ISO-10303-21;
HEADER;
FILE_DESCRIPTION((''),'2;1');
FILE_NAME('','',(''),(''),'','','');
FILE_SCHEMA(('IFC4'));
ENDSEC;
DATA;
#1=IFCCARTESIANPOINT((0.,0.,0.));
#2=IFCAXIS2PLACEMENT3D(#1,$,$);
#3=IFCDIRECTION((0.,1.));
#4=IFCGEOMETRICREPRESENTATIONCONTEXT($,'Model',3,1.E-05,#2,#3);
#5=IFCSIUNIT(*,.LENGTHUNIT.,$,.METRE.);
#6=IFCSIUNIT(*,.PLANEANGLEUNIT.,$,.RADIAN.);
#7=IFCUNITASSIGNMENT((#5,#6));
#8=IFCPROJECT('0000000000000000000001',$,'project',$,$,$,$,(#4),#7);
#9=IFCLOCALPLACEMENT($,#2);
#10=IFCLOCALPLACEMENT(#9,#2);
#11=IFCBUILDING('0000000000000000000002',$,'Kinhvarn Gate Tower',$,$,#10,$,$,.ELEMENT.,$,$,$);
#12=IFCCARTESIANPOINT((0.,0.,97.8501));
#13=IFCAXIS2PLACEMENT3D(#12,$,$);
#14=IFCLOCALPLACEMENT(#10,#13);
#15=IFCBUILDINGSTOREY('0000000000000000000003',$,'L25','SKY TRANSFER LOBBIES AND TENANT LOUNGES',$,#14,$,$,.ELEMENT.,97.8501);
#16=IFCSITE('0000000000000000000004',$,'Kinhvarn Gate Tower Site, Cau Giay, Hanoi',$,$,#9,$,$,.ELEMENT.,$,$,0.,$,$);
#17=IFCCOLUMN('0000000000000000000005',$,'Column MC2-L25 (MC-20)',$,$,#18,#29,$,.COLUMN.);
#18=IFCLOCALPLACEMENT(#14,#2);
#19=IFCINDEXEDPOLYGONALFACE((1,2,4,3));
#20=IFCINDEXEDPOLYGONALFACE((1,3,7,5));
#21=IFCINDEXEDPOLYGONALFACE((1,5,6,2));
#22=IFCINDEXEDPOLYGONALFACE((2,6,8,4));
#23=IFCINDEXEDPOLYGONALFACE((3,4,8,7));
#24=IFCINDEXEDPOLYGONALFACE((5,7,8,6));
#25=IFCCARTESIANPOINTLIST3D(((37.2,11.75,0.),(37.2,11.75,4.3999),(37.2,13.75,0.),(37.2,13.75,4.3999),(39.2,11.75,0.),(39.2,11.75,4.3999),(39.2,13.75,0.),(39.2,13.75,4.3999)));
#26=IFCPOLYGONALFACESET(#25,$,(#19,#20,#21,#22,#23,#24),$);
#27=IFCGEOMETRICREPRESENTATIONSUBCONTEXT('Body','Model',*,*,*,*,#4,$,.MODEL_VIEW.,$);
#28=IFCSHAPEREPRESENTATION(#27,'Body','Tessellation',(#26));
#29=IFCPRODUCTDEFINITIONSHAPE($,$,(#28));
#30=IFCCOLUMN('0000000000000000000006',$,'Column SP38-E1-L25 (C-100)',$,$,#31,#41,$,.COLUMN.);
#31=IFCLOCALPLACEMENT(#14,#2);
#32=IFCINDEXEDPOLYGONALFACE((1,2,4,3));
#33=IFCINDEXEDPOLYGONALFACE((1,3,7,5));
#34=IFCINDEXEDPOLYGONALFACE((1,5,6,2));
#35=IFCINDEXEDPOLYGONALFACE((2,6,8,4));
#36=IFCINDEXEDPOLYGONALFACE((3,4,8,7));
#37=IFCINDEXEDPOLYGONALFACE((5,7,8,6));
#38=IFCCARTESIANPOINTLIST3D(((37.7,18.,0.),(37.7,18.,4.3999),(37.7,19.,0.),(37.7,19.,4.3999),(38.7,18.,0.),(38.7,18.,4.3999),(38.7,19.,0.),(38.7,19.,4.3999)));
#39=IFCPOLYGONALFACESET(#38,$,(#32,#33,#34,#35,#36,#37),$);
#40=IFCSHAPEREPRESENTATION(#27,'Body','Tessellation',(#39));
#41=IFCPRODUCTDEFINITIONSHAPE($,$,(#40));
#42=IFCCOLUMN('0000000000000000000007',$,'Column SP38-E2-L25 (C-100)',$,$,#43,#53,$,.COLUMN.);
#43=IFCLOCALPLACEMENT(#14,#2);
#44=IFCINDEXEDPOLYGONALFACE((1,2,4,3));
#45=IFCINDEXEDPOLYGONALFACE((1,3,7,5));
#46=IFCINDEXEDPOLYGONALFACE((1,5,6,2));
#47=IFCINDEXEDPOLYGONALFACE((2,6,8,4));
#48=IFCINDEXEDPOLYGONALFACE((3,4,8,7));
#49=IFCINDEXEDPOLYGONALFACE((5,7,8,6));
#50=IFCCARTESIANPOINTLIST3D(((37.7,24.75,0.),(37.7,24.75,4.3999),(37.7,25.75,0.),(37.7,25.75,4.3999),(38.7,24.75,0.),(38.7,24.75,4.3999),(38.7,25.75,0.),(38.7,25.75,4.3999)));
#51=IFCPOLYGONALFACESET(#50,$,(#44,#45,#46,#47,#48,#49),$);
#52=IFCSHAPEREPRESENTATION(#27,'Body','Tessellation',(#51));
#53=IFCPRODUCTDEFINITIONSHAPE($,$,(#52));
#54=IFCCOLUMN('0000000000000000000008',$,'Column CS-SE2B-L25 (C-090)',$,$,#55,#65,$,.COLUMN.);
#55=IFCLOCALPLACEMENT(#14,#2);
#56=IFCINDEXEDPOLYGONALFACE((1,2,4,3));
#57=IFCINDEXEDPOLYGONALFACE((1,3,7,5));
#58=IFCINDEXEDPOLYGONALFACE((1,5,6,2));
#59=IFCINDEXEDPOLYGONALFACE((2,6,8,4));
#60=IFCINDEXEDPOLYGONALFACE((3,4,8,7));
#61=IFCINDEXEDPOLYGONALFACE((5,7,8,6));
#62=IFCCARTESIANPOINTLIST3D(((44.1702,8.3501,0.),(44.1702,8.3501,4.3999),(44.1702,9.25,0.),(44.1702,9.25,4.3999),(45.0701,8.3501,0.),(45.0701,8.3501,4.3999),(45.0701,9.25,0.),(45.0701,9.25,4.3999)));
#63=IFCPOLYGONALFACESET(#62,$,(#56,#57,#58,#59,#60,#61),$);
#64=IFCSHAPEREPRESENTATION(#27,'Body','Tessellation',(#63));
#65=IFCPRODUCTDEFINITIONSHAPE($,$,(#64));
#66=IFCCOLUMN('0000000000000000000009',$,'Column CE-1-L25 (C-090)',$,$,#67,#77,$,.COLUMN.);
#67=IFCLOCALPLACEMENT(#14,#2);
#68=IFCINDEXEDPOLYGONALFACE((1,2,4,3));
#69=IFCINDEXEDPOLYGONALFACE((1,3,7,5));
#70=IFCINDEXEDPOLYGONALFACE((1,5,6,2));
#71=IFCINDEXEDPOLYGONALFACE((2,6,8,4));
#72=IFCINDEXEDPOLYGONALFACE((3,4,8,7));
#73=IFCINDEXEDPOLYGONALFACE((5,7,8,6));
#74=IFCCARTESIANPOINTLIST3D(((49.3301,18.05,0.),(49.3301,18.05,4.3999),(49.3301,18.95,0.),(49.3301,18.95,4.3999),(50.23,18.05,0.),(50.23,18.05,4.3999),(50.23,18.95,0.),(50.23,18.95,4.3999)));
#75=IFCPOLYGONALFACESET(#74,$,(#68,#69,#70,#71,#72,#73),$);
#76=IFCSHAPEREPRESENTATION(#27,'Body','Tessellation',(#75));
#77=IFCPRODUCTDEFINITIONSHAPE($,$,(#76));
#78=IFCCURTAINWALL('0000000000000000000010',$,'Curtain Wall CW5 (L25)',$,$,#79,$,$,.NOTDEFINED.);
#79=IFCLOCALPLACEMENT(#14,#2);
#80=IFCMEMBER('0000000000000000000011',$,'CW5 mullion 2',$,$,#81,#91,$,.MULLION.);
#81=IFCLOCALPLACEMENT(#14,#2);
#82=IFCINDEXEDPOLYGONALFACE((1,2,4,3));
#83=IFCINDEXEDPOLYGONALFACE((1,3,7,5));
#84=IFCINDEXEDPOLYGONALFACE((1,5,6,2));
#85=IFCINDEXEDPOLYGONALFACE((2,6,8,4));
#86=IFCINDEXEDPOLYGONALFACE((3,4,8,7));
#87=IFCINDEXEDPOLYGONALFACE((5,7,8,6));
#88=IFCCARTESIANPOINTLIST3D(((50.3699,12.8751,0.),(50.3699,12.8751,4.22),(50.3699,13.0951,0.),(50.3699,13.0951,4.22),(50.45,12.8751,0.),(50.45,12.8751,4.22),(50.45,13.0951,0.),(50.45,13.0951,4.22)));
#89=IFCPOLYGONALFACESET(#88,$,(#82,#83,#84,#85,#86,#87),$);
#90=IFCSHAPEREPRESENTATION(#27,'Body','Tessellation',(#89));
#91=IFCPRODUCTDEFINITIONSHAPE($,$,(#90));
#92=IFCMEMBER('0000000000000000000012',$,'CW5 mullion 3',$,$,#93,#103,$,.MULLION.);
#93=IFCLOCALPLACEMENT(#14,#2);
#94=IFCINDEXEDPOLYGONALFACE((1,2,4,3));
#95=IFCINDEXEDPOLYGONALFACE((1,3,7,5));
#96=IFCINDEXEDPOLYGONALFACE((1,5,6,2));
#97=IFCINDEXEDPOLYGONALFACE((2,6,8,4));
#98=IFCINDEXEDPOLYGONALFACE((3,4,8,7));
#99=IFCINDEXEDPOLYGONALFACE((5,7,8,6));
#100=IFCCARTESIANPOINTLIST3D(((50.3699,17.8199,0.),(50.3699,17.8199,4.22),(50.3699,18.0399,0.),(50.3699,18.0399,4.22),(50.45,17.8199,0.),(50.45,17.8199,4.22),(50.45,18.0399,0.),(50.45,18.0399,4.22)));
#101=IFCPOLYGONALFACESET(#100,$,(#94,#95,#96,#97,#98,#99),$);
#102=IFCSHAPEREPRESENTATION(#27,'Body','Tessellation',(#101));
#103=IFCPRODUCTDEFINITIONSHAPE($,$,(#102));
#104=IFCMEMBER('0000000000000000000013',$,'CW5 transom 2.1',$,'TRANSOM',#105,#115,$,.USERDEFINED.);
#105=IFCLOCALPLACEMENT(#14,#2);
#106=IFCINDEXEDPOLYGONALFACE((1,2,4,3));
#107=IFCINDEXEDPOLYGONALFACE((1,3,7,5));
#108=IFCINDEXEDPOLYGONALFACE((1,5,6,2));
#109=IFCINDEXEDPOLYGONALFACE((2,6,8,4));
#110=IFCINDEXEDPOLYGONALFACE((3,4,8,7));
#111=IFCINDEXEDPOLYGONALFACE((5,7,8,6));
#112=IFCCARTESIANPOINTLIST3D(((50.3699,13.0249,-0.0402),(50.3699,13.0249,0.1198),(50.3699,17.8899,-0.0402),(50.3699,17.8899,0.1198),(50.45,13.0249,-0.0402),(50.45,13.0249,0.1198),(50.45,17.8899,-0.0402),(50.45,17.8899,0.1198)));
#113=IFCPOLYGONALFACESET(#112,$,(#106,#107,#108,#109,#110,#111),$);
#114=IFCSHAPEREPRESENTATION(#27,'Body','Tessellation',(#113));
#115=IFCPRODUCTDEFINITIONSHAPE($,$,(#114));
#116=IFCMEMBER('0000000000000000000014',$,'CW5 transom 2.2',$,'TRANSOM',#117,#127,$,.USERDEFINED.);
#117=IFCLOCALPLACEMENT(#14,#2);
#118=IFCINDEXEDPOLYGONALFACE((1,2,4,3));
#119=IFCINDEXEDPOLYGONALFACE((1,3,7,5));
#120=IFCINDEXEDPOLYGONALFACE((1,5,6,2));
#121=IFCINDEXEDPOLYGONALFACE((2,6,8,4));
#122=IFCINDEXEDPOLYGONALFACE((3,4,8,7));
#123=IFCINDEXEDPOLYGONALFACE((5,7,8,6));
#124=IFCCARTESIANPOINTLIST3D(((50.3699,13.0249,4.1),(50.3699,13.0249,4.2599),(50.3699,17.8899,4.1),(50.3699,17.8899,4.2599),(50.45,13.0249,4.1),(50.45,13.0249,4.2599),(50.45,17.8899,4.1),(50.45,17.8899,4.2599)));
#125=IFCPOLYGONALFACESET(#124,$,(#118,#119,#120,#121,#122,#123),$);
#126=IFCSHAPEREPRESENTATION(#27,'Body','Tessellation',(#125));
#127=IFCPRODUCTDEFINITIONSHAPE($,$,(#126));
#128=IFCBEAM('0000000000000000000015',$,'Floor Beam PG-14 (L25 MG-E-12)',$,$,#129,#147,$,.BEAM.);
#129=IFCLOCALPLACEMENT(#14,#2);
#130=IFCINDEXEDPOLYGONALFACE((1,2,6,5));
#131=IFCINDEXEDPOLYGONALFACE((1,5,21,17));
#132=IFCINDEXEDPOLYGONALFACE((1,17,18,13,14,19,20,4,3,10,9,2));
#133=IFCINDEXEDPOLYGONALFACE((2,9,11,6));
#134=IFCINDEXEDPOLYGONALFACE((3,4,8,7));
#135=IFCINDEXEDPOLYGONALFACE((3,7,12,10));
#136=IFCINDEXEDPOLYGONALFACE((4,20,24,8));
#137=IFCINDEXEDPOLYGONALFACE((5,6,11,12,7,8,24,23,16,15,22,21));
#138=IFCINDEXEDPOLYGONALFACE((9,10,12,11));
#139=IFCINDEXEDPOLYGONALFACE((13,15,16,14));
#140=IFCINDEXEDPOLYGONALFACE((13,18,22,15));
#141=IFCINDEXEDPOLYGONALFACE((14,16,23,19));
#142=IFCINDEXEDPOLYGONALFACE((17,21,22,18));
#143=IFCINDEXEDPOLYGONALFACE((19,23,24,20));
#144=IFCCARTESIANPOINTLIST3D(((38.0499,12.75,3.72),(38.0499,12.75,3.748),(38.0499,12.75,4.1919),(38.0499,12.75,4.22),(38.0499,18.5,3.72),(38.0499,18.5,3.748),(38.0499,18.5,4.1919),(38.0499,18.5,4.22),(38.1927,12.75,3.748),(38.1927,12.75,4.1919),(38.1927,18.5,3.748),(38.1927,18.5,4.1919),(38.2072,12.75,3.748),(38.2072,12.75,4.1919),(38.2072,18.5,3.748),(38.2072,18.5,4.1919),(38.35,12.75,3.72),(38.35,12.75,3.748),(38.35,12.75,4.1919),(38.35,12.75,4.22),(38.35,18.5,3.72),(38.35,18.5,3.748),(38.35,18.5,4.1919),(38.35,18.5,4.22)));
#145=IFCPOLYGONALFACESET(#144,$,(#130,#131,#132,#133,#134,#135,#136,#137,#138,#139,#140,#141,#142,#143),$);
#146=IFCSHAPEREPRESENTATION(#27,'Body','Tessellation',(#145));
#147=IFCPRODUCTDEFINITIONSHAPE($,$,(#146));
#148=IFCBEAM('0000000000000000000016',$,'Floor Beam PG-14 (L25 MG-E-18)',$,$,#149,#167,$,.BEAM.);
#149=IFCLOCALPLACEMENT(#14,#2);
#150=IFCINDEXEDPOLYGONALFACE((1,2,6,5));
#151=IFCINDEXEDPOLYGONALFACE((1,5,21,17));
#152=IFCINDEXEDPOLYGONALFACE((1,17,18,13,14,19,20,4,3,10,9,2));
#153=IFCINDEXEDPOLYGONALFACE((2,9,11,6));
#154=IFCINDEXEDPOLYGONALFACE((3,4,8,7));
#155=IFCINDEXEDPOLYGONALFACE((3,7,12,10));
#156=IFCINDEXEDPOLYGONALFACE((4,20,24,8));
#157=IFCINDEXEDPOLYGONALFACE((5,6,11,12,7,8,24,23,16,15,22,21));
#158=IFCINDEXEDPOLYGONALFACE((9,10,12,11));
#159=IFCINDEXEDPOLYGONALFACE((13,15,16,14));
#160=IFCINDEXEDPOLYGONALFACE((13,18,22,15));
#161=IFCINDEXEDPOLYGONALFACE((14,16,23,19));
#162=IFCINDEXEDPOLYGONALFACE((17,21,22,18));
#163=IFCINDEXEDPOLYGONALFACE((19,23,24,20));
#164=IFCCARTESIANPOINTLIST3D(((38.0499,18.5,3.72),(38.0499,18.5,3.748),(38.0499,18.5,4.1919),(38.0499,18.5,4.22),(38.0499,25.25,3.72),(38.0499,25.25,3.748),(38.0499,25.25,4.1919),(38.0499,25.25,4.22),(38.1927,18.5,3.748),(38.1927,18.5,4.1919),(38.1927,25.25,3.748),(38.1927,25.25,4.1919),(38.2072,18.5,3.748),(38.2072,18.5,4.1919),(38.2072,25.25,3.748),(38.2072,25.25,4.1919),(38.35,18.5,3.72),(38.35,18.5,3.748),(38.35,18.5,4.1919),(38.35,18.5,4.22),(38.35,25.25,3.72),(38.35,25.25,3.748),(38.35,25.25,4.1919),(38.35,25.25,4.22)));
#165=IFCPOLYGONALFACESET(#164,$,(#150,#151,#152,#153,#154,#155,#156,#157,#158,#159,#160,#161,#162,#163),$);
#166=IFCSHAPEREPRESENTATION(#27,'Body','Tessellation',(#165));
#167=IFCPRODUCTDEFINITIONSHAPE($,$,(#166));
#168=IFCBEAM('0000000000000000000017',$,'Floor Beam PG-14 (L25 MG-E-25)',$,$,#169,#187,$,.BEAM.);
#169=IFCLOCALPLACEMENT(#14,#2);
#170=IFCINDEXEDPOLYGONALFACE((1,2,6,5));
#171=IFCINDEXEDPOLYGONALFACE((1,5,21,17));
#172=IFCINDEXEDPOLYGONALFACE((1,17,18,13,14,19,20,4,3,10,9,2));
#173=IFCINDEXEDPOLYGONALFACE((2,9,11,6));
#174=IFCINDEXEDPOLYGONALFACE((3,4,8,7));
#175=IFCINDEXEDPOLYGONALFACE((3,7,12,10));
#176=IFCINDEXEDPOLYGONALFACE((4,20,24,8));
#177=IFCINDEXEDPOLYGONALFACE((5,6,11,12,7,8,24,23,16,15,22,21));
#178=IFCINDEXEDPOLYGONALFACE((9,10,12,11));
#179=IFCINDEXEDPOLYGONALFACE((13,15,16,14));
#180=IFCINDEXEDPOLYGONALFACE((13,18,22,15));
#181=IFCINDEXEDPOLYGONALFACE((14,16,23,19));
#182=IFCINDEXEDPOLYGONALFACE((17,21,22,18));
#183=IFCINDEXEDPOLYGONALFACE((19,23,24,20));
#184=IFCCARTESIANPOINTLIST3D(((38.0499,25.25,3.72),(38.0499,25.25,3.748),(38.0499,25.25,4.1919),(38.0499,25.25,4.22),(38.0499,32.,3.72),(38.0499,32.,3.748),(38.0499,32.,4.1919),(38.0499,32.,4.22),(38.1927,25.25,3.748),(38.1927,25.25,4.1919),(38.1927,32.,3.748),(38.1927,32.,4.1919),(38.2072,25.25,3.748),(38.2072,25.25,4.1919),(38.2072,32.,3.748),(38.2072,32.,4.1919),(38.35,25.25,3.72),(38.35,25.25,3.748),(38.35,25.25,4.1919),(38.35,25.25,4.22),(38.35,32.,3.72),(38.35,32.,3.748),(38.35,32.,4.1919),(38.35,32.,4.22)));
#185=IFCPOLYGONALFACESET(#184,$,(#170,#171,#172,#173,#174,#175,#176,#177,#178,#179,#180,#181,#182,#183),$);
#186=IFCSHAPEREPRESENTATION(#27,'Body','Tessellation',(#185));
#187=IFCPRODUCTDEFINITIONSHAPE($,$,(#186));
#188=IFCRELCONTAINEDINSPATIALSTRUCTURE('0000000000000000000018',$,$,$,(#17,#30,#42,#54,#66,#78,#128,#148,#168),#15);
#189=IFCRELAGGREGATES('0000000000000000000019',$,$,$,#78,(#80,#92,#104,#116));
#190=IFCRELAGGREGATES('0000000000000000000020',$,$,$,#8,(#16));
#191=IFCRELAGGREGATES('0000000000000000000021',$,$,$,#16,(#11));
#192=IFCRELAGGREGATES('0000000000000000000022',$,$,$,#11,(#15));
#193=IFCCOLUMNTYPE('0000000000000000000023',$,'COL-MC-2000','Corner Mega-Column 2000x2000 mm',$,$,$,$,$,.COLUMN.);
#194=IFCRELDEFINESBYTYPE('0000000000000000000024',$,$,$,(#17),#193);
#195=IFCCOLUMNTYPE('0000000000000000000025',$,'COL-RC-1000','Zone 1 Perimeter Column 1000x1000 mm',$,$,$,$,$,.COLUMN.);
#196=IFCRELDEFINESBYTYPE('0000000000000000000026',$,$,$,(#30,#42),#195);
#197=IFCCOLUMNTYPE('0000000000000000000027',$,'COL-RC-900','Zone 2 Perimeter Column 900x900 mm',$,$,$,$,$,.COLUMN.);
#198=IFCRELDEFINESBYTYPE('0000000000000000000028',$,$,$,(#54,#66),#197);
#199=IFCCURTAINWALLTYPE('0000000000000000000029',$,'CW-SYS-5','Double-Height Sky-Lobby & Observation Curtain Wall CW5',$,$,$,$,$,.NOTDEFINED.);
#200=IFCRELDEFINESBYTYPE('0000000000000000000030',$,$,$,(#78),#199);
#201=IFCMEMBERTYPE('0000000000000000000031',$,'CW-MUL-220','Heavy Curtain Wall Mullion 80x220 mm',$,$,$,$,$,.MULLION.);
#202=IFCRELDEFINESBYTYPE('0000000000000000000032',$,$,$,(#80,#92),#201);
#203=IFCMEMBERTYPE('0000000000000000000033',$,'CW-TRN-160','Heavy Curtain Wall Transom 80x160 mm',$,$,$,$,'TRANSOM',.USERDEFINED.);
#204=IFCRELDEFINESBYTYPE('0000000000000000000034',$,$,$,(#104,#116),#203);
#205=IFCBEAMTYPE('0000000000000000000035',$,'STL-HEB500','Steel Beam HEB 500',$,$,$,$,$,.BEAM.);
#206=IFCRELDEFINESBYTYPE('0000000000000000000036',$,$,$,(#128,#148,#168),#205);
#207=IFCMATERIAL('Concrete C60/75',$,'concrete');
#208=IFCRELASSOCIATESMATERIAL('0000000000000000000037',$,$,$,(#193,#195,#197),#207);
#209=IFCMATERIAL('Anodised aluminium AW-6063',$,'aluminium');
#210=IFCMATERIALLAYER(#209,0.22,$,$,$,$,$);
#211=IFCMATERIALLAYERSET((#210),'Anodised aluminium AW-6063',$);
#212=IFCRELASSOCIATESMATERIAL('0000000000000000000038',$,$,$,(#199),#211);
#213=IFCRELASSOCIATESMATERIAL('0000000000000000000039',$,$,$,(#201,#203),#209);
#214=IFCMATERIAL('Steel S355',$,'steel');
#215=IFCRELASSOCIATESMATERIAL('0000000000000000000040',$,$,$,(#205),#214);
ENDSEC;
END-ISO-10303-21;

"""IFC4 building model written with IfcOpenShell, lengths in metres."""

from ifc_helpers import new_model, si_unit, direction, frame, origin, origin_2d, place, context, subcontext, project, spatial, rectangle, i_section, extrude, material, layer, layer_set, material_profile, profile_set, type_object, element, aggregate, save


model = new_model("IFC4")

# Units and contexts
model_context = context("Model", 3, precision=1e-05, world=origin(), true_north=direction((0.0, 1.0)))
body_context = subcontext(model_context, "Body", "Model", "MODEL_VIEW")
ifc_project = project(units=[si_unit("LENGTHUNIT", "METRE"), si_unit("PLANEANGLEUNIT", "RADIAN")], contexts=[model_context])

# Site, building, storey
site_placement = place(None, origin())
site = spatial("IfcSite", under=ifc_project, at=site_placement, Name="Kinhvarn Gate Tower Site, Cau Giay, Hanoi", CompositionType="ELEMENT", RefElevation=0.0)
building_placement = place(site_placement, origin())
building = spatial("IfcBuilding", under=site, at=building_placement, Name="Kinhvarn Gate Tower", CompositionType="ELEMENT")
storey_placement = place(building_placement, frame((0.0, 0.0, 97.8501)))
storey = spatial("IfcBuildingStorey", under=building, at=storey_placement, Name="L25", Description="SKY TRANSFER LOBBIES AND TENANT LOUNGES", CompositionType="ELEMENT", Elevation=97.8501)

# Columns
ifc_material_1 = material(Name="Concrete C60/75", Category="concrete")
ifc_material_profile_1 = material_profile(ifc_material_1, rectangle(XDim=2.0, YDim=2.0, at=origin_2d()), Name="RC 2000x2000")
ifc_profile_set_1 = profile_set([ifc_material_profile_1], Name="Concrete C60/75")
column_type_1 = type_object("IfcColumnType", Name="COL-MC-2000", Description="Corner Mega-Column 2000x2000 mm", PredefinedType="COLUMN", material=ifc_profile_set_1)
column_placement = place(storey_placement, frame((38.2, 12.75, 0.0), z_axis=(0.0, 0.0, 1.0), x_axis=(1.0, 0.0, 0.0)))
element("IfcColumn", 1, at=column_placement, inside=storey, type_object=column_type_1, Name="Column MC2-L25 (MC-20)", PredefinedType="COLUMN", context=body_context, shape_type="SweptSolid", body=[
    extrude(rectangle(XDim=2.0, YDim=2.0, at=origin_2d()), origin(), (0.0, 0.0, 1.0), 4.3999),
])
ifc_material_profile_2 = material_profile(ifc_material_1, rectangle(XDim=1.0, YDim=1.0, at=origin_2d()), Name="RC 1000x1000")
ifc_profile_set_2 = profile_set([ifc_material_profile_2], Name="Concrete C60/75")
column_type_2 = type_object("IfcColumnType", Name="COL-RC-1000", Description="Zone 1 Perimeter Column 1000x1000 mm", PredefinedType="COLUMN", material=ifc_profile_set_2)
for number, where, z_axis, x_axis, name in (
    (2, (38.2, 18.5, 0.0), (0.0, 0.0, 1.0), (1.0, 0.0, 0.0), "Column SP38-E1-L25 (C-100)"),
    (3, (38.2, 25.25, 0.0), (0.0, 0.0, 1.0), (1.0, 0.0, 0.0), "Column SP38-E2-L25 (C-100)"),
):
    element("IfcColumn", number, at=place(storey_placement, frame(where, z_axis=z_axis, x_axis=x_axis)), inside=storey, type_object=column_type_2, Name=name, PredefinedType="COLUMN", context=body_context, shape_type="SweptSolid", body=[
        extrude(rectangle(XDim=1.0, YDim=1.0, at=origin_2d()), origin(), (0.0, 0.0, 1.0), 4.3999),
    ])
ifc_material_profile_3 = material_profile(ifc_material_1, rectangle(XDim=0.8999, YDim=0.8999, at=origin_2d()), Name="RC 900x900")
ifc_profile_set_3 = profile_set([ifc_material_profile_3], Name="Concrete C60/75")
column_type_3 = type_object("IfcColumnType", Name="COL-RC-900", Description="Zone 2 Perimeter Column 900x900 mm", PredefinedType="COLUMN", material=ifc_profile_set_3)
for number, where, z_axis, x_axis, name in (
    (4, (44.6201, 8.8, 0.0), (0.0, 0.0, 1.0), (1.0, 0.0, 0.0), "Column CS-SE2B-L25 (C-090)"),
    (5, (49.78, 18.5, 0.0), (0.0, 0.0, 1.0), (1.0, 0.0, 0.0), "Column CE-1-L25 (C-090)"),
):
    element("IfcColumn", number, at=place(storey_placement, frame(where, z_axis=z_axis, x_axis=x_axis)), inside=storey, type_object=column_type_3, Name=name, PredefinedType="COLUMN", context=body_context, shape_type="SweptSolid", body=[
        extrude(rectangle(XDim=0.8999, YDim=0.8999, at=origin_2d()), origin(), (0.0, 0.0, 1.0), 4.3999),
    ])

# Curtain wall, members
ifc_material_2 = material(Name="Anodised aluminium AW-6063", Category="aluminium")
ifc_layer_1 = layer(ifc_material_2, 0.22)
ifc_layer_set_1 = layer_set([ifc_layer_1], Name="Anodised aluminium AW-6063")
curtain_wall_type = type_object("IfcCurtainWallType", Name="CW-SYS-5", Description="Double-Height Sky-Lobby & Observation Curtain Wall CW5", PredefinedType="NOTDEFINED", material=ifc_layer_set_1)
curtain_wall_placement = place(storey_placement, origin())
curtain_wall = element("IfcCurtainWall", 6, at=curtain_wall_placement, inside=storey, type_object=curtain_wall_type, Name="Curtain Wall CW5 (L25)", PredefinedType="NOTDEFINED")
ifc_material_profile_4 = material_profile(ifc_material_2, rectangle(XDim=0.0801, YDim=0.22, at=origin_2d()), Name="ALU 80x220")
ifc_profile_set_4 = profile_set([ifc_material_profile_4], Name="Anodised aluminium AW-6063")
member_type_1 = type_object("IfcMemberType", Name="CW-MUL-220", Description="Heavy Curtain Wall Mullion 80x220 mm", PredefinedType="MULLION", material=ifc_profile_set_4)
member_1_placement = place(storey_placement, frame((50.4099, 12.9851, 0.0), z_axis=(0.0, 0.0, 1.0), x_axis=(-1.0, 0.0, 0.0)))
member_1 = element("IfcMember", 7, at=member_1_placement, type_object=member_type_1, Name="CW5 mullion 2", PredefinedType="MULLION", context=body_context, shape_type="SweptSolid", body=[
    extrude(rectangle(XDim=0.0801, YDim=0.22, at=origin_2d()), origin(), (0.0, 0.0, 1.0), 4.22),
])
member_2_placement = place(storey_placement, frame((50.4099, 17.9299, 0.0), z_axis=(0.0, 0.0, 1.0), x_axis=(-1.0, 0.0, 0.0)))
member_2 = element("IfcMember", 8, at=member_2_placement, type_object=member_type_1, Name="CW5 mullion 3", PredefinedType="MULLION", context=body_context, shape_type="SweptSolid", body=[
    extrude(rectangle(XDim=0.0801, YDim=0.22, at=origin_2d()), origin(), (0.0, 0.0, 1.0), 4.22),
])
ifc_material_profile_5 = material_profile(ifc_material_2, rectangle(XDim=0.0801, YDim=0.1599, at=origin_2d()), Name="ALU 80x160")
ifc_profile_set_5 = profile_set([ifc_material_profile_5], Name="Anodised aluminium AW-6063")
member_type_2 = type_object("IfcMemberType", Name="CW-TRN-160", Description="Heavy Curtain Wall Transom 80x160 mm", ElementType="TRANSOM", PredefinedType="USERDEFINED", material=ifc_profile_set_5)
member_3_placement = place(storey_placement, frame((50.4099, 13.0249, 0.0398), z_axis=(0.0, 1.0, 0.0), x_axis=(-1.0, 0.0, 0.0)))
member_3 = element("IfcMember", 9, at=member_3_placement, type_object=member_type_2, Name="CW5 transom 2.1", ObjectType="TRANSOM", PredefinedType="USERDEFINED", context=body_context, shape_type="SweptSolid", body=[
    extrude(rectangle(XDim=0.0801, YDim=0.1599, at=origin_2d()), origin(), (0.0, 0.0, 1.0), 4.865),
])
member_4_placement = place(storey_placement, frame((50.4099, 13.0249, 4.1799), z_axis=(0.0, 1.0, 0.0), x_axis=(-1.0, 0.0, 0.0)))
member_4 = element("IfcMember", 10, at=member_4_placement, type_object=member_type_2, Name="CW5 transom 2.2", ObjectType="TRANSOM", PredefinedType="USERDEFINED", context=body_context, shape_type="SweptSolid", body=[
    extrude(rectangle(XDim=0.0801, YDim=0.1599, at=origin_2d()), origin(), (0.0, 0.0, 1.0), 4.865),
])

# Beams
ifc_material_3 = material(Name="Steel S355", Category="steel")
ifc_material_profile_6 = material_profile(ifc_material_3, i_section(OverallWidth=0.3, OverallDepth=0.5, WebThickness=0.0144, FlangeThickness=0.0281, at=origin_2d()), Name="HEB 500")
ifc_profile_set_6 = profile_set([ifc_material_profile_6], Name="Steel S355")
beam_type_1 = type_object("IfcBeamType", Name="STL-HEB500", Description="Steel Beam HEB 500", PredefinedType="BEAM", material=ifc_profile_set_6)
beam_1_placement = place(storey_placement, frame((38.2, 12.75, 3.97), z_axis=(0.0, 1.0, 0.0), x_axis=(-1.0, 0.0, 0.0)))
element("IfcBeam", 11, at=beam_1_placement, inside=storey, type_object=beam_type_1, Name="Floor Beam PG-14 (L25 MG-E-12)", PredefinedType="BEAM", context=body_context, shape_type="SweptSolid", body=[
    extrude(i_section(OverallWidth=0.3, OverallDepth=0.5, WebThickness=0.0144, FlangeThickness=0.0281, at=origin_2d()), origin(), (0.0, 0.0, 1.0), 5.75),
])
for number, where, z_axis, x_axis, name in (
    (12, (38.2, 18.5, 3.97), (0.0, 1.0, 0.0), (-1.0, 0.0, 0.0), "Floor Beam PG-14 (L25 MG-E-18)"),
    (13, (38.2, 25.25, 3.97), (0.0, 1.0, 0.0), (-1.0, 0.0, 0.0), "Floor Beam PG-14 (L25 MG-E-25)"),
):
    element("IfcBeam", number, at=place(storey_placement, frame(where, z_axis=z_axis, x_axis=x_axis)), inside=storey, type_object=beam_type_1, Name=name, PredefinedType="BEAM", context=body_context, shape_type="SweptSolid", body=[
        extrude(i_section(OverallWidth=0.3, OverallDepth=0.5, WebThickness=0.0144, FlangeThickness=0.0281, at=origin_2d()), origin(), (0.0, 0.0, 1.0), 6.75),
    ])

aggregate(curtain_wall, [member_1, member_2, member_3, member_4])

save(model, "model.ifc")
